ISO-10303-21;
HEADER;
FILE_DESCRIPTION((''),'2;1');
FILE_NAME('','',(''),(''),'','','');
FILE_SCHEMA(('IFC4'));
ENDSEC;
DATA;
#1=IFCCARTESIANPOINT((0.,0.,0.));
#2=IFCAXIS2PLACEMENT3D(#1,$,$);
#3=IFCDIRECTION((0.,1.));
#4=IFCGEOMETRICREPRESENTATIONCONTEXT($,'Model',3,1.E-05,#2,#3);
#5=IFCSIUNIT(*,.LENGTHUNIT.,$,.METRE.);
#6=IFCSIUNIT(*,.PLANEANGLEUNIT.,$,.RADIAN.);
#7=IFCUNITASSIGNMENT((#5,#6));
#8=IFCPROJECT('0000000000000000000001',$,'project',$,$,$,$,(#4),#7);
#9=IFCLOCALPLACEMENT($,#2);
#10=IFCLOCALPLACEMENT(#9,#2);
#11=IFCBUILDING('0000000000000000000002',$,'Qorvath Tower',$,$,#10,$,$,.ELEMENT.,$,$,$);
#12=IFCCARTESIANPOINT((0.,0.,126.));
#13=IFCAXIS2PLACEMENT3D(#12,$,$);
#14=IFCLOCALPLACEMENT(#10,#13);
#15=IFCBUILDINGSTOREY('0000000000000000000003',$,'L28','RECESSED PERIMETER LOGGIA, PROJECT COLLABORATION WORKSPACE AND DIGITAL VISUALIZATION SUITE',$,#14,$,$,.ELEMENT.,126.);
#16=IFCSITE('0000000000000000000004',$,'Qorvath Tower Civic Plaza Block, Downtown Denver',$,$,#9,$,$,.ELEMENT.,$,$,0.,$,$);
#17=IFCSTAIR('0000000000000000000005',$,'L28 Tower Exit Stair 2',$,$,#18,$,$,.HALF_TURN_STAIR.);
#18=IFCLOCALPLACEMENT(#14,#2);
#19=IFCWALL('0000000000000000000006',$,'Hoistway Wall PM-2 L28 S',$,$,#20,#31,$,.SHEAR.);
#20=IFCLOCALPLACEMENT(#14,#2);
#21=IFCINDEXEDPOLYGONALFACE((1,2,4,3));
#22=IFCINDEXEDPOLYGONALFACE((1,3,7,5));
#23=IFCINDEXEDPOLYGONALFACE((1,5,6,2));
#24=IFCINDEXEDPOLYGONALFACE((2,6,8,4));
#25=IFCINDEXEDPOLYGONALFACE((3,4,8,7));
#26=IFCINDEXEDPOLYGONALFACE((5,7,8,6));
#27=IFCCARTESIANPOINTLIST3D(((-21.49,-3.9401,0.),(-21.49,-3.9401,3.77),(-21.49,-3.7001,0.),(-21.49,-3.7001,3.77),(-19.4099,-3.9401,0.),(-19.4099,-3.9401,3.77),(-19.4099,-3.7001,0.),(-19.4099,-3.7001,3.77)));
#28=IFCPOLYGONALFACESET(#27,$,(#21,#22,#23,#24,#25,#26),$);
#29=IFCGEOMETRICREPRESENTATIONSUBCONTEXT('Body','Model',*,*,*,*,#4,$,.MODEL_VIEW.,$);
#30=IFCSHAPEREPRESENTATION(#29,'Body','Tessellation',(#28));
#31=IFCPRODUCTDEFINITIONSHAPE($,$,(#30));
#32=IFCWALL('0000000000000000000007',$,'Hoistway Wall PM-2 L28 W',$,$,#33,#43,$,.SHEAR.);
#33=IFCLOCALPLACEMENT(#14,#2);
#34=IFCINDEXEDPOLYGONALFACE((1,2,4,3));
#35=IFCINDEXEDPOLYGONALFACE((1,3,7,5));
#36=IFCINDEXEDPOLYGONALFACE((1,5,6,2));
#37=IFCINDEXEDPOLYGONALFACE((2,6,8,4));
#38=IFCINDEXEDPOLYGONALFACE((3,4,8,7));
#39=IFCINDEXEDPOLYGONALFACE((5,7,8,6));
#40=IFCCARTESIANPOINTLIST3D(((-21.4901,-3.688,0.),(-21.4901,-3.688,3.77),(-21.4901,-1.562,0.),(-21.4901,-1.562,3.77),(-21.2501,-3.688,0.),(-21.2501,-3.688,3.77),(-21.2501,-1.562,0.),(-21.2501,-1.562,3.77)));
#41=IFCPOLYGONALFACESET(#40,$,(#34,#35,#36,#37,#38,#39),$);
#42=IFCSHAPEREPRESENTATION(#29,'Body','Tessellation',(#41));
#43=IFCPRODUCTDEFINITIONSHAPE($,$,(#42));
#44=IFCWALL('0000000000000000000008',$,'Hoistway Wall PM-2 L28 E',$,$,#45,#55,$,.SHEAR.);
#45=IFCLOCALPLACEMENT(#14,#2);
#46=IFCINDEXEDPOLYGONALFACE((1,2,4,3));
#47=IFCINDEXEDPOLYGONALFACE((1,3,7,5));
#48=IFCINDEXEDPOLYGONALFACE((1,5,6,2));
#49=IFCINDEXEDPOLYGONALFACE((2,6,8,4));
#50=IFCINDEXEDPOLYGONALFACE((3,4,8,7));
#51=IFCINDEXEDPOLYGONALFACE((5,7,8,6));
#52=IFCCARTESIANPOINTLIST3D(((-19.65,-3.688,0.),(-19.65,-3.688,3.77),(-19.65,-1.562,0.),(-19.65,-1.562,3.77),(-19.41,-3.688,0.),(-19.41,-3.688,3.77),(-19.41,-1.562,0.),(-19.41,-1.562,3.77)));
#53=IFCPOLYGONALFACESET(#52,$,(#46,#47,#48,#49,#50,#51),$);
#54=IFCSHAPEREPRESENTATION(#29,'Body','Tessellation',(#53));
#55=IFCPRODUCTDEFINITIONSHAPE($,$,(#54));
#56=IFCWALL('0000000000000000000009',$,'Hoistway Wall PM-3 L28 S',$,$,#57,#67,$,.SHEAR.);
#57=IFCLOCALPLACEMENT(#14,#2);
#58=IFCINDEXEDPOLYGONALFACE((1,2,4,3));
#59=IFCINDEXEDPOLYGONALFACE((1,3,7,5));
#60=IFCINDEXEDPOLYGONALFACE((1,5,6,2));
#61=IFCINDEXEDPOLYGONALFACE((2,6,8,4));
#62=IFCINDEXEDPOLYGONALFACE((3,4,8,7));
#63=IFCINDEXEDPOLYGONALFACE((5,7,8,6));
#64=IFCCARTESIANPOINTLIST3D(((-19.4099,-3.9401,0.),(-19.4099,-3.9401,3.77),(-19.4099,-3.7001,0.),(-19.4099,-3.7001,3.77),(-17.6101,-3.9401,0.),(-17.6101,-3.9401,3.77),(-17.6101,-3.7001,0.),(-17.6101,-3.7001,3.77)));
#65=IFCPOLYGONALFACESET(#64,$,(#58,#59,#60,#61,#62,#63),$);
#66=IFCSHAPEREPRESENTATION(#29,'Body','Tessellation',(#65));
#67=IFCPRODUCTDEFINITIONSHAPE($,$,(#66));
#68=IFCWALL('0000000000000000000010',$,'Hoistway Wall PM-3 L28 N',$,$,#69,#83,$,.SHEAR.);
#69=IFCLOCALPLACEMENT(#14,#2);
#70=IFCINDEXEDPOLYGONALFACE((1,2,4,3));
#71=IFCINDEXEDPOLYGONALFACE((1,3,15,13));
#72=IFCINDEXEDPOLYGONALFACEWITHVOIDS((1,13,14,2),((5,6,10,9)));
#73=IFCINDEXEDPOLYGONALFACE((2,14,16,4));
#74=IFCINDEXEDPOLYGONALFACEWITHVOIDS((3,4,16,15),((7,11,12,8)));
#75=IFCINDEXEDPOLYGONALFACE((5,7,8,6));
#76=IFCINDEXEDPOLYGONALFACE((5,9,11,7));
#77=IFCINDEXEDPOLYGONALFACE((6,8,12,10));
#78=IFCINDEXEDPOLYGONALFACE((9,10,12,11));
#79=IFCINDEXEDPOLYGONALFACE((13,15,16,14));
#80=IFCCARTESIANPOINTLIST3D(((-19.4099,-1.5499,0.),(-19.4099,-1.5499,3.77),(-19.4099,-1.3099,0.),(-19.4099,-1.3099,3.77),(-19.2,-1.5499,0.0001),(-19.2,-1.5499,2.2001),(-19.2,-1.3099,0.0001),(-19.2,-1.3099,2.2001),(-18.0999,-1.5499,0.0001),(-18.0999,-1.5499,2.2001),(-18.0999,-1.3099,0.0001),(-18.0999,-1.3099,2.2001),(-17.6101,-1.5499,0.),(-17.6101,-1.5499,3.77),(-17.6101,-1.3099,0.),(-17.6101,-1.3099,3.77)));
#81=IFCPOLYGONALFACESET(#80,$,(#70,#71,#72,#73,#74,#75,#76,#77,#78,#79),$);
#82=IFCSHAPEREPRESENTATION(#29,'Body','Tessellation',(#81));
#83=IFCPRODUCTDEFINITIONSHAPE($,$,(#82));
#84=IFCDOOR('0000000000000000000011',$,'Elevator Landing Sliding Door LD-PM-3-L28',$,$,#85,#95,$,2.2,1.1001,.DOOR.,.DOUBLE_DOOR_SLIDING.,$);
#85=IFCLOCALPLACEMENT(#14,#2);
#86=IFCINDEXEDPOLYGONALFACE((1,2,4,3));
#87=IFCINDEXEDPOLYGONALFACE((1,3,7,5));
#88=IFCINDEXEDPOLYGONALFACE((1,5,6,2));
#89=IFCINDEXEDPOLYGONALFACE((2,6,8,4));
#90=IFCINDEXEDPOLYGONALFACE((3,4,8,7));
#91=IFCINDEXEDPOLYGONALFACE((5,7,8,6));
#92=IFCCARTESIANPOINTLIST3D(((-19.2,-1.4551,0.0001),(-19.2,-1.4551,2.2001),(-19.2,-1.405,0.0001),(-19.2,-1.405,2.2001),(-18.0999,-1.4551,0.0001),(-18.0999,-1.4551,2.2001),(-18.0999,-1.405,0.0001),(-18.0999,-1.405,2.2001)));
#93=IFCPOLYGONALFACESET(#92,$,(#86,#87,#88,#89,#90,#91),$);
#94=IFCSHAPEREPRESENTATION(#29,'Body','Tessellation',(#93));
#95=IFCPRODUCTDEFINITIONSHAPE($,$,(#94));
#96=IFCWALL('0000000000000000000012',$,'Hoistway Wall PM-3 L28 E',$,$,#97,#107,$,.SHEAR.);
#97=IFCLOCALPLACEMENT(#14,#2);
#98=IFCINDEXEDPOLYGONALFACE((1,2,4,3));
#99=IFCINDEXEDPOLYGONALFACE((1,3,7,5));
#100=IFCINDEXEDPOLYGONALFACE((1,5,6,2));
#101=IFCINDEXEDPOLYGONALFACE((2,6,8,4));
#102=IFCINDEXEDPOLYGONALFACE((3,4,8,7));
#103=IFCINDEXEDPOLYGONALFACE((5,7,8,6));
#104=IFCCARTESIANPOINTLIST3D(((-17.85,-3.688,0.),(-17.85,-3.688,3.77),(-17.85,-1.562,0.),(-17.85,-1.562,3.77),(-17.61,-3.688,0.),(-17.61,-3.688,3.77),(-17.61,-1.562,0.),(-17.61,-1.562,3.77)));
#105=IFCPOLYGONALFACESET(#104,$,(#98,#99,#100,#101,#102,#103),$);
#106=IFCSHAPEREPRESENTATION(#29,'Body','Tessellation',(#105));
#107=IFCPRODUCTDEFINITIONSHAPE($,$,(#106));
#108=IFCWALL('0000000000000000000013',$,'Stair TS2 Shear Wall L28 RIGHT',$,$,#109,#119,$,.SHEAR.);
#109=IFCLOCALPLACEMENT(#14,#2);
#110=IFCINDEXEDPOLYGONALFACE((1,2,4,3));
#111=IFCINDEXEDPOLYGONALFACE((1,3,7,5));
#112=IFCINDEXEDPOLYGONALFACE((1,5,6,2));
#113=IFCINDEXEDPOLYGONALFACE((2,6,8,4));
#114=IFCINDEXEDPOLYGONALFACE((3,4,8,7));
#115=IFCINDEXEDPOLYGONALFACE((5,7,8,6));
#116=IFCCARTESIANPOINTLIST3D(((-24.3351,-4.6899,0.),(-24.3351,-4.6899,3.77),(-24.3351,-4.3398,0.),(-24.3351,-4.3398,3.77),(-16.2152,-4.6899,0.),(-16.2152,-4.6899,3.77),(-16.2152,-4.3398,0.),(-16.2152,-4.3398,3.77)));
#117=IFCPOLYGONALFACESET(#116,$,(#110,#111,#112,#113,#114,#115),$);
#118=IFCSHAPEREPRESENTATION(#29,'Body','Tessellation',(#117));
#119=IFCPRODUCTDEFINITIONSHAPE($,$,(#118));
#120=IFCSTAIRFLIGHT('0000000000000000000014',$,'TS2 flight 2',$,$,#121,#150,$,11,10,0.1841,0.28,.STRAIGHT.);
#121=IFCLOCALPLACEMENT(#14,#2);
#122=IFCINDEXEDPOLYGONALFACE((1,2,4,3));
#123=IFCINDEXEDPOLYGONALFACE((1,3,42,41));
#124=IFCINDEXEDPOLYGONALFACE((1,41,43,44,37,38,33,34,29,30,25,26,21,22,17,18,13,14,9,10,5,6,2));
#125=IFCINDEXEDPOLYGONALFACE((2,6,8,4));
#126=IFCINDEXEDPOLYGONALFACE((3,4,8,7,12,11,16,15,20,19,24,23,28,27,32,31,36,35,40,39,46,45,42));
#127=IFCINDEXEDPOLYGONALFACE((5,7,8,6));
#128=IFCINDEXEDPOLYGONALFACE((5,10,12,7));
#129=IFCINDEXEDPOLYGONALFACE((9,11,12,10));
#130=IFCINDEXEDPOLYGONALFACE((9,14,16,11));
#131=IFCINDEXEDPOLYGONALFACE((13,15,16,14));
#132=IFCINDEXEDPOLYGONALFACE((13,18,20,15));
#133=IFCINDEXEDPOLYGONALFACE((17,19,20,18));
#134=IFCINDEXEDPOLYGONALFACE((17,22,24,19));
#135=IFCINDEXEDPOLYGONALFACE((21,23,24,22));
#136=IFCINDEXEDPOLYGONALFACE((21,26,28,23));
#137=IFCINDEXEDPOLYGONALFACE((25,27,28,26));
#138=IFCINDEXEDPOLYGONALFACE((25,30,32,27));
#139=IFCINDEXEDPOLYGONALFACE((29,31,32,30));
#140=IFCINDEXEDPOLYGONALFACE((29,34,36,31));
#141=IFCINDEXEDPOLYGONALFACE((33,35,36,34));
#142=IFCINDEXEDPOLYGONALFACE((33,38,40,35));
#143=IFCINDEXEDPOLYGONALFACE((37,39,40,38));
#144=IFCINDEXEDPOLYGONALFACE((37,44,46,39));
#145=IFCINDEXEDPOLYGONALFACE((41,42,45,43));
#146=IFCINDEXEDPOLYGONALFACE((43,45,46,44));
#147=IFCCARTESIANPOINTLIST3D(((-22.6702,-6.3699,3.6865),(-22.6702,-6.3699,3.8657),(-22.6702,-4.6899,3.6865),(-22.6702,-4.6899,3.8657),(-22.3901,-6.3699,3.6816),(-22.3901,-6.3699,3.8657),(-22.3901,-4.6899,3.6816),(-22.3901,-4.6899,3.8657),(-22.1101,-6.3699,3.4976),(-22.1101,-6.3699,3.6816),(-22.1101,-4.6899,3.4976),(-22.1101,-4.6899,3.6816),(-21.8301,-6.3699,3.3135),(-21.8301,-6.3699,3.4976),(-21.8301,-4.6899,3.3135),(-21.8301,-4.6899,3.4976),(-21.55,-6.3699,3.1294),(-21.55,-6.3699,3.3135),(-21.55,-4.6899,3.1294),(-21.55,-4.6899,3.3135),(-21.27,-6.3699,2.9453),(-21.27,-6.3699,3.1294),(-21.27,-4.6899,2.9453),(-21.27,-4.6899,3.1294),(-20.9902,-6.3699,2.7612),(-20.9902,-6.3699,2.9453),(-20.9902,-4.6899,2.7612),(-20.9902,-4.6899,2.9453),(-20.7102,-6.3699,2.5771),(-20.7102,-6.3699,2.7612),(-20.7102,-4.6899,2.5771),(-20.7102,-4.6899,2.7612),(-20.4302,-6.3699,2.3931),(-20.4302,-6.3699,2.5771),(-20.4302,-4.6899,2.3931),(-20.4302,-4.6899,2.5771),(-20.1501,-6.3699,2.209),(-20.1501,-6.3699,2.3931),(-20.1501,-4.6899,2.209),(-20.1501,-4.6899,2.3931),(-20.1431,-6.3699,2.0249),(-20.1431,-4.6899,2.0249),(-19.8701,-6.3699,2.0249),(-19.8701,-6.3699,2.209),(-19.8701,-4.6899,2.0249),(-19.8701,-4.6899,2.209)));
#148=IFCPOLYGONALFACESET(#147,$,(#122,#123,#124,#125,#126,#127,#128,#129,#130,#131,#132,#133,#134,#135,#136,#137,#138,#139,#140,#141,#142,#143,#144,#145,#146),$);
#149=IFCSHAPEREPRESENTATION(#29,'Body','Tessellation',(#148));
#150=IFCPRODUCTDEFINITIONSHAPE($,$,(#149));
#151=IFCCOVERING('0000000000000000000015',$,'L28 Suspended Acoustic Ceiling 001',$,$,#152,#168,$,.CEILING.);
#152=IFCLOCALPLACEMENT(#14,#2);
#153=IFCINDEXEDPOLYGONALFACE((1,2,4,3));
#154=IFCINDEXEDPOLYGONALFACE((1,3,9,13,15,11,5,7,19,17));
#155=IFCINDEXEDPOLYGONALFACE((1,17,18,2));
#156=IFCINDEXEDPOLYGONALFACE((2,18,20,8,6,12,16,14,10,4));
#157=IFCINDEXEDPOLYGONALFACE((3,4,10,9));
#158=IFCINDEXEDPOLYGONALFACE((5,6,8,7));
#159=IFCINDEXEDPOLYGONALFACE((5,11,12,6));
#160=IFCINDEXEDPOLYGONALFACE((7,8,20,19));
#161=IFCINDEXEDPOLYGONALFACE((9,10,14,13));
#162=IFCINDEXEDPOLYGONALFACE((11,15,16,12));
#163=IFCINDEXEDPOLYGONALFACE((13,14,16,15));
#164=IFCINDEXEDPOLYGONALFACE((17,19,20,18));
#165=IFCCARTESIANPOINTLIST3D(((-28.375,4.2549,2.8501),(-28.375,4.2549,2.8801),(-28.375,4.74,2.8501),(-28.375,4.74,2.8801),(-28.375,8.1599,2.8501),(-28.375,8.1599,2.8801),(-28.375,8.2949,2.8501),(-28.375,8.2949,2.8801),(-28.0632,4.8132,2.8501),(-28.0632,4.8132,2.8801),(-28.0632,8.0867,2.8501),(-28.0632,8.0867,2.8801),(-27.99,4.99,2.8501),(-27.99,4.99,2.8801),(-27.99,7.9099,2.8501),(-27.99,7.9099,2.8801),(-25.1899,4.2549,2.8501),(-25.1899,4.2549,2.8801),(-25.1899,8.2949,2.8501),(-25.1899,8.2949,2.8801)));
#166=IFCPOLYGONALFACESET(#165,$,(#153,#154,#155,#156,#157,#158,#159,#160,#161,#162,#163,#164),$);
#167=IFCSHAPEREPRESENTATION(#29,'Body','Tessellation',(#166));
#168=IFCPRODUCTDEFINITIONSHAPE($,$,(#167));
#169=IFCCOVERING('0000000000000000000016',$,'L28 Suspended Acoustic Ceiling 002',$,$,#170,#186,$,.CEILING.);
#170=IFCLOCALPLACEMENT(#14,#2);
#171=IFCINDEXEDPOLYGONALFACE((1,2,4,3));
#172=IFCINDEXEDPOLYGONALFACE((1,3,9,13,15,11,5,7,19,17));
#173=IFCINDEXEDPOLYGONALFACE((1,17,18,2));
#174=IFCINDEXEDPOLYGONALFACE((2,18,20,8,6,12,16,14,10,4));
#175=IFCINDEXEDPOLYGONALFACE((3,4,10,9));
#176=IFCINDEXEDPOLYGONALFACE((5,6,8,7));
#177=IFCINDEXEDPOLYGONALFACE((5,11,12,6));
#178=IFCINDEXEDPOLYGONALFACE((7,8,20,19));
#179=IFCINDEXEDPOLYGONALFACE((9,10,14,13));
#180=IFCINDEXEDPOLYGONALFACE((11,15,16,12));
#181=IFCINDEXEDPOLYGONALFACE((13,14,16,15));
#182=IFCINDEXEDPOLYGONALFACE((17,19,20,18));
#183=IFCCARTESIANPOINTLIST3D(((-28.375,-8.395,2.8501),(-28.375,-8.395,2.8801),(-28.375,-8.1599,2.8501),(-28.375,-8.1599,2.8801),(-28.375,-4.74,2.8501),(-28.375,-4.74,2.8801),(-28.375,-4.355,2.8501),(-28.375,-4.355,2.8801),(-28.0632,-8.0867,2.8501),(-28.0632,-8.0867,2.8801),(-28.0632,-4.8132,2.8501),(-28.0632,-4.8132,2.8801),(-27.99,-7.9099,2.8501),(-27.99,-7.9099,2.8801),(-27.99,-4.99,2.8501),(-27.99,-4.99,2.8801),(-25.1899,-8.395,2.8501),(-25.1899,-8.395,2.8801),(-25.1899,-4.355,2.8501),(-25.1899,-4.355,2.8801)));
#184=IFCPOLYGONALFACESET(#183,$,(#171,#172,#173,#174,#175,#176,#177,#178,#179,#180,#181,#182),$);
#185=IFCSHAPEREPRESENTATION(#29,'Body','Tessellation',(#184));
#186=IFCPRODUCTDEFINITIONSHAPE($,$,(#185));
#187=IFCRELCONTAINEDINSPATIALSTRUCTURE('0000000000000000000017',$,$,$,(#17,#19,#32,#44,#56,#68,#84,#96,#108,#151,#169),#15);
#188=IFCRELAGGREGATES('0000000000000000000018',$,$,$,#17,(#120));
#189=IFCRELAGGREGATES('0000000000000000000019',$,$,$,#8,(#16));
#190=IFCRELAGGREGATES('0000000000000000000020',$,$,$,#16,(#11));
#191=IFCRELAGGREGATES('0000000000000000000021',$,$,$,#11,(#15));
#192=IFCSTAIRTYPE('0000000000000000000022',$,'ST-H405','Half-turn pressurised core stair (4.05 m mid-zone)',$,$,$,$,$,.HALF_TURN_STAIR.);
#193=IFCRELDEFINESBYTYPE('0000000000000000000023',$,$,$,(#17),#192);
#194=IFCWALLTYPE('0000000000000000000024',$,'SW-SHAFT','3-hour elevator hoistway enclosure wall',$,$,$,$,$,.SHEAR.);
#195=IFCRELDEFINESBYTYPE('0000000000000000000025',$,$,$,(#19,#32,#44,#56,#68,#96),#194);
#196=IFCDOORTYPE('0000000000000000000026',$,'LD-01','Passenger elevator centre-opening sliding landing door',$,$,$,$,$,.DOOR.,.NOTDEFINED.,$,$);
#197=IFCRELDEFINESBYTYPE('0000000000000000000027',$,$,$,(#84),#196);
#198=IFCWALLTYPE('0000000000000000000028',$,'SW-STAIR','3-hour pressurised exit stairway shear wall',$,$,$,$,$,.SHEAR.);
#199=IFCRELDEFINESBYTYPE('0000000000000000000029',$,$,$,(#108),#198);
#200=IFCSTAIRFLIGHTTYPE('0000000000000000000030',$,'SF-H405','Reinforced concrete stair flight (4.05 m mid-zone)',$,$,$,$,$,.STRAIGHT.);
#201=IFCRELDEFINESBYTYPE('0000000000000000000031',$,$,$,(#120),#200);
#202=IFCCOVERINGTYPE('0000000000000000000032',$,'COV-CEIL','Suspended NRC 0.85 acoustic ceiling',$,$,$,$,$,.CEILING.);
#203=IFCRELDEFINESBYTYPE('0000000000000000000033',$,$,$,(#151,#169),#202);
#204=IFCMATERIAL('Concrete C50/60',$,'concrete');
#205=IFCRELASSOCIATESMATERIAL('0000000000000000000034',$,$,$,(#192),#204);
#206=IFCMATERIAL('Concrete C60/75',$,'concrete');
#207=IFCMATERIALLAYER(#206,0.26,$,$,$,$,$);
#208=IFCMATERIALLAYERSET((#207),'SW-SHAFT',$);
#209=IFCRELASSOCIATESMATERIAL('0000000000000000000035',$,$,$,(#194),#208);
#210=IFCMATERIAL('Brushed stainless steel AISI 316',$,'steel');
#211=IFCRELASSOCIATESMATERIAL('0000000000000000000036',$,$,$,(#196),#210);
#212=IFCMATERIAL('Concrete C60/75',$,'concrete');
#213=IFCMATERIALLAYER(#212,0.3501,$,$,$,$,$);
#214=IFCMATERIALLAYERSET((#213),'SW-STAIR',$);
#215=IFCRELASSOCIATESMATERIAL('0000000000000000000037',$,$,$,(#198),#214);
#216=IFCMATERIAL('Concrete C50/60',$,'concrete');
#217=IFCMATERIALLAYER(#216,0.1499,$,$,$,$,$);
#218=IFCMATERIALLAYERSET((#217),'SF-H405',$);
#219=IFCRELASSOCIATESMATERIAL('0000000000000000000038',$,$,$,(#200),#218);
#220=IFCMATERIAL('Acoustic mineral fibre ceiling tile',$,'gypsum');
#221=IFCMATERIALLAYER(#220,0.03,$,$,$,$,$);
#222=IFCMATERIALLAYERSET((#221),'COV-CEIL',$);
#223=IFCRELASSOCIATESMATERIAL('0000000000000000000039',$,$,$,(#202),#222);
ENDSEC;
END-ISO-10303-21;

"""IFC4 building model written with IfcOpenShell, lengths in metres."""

from ifc_helpers import new_model, si_unit, direction, frame, frame_2d, origin, place, context, subcontext, project, spatial, polyline, rectangle, outline, extrude, material, layer, layer_set, type_object, element, fill, aggregate, save


model = new_model("IFC4")

# Units and contexts
model_context = context("Model", 3, precision=1e-05, world=origin(), true_north=direction((0.0, 1.0)))
body_context = subcontext(model_context, "Body", "Model", "MODEL_VIEW")
ifc_project = project(units=[si_unit("LENGTHUNIT", "METRE"), si_unit("PLANEANGLEUNIT", "RADIAN")], contexts=[model_context])

# Site, building, storey
site_placement = place(None, origin())
site = spatial("IfcSite", under=ifc_project, at=site_placement, Name="Qorvath Tower Civic Plaza Block, Downtown Denver", CompositionType="ELEMENT", RefElevation=0.0)
building_placement = place(site_placement, origin())
building = spatial("IfcBuilding", under=site, at=building_placement, Name="Qorvath Tower", CompositionType="ELEMENT")
storey_placement = place(building_placement, frame((0.0, 0.0, 126.0)))
storey = spatial("IfcBuildingStorey", under=building, at=storey_placement, Name="L28", Description="RECESSED PERIMETER LOGGIA, PROJECT COLLABORATION WORKSPACE AND DIGITAL VISUALIZATION SUITE", CompositionType="ELEMENT", Elevation=126.0)

# Stair
ifc_material_1 = material(Name="Concrete C50/60", Category="concrete")
stair_type = type_object("IfcStairType", Name="ST-H405", Description="Half-turn pressurised core stair (4.05 m mid-zone)", PredefinedType="HALF_TURN_STAIR", material=ifc_material_1)
stair_1_placement = place(storey_placement, origin())
stair_1 = element("IfcStair", 1, at=stair_1_placement, inside=storey, type_object=stair_type, Name="L28 Tower Exit Stair 2", PredefinedType="HALF_TURN_STAIR")

# Walls
ifc_material_2 = material(Name="Concrete C60/75", Category="concrete")
ifc_layer_1 = layer(ifc_material_2, 0.26)
ifc_layer_set_1 = layer_set([ifc_layer_1], Name="SW-SHAFT")
wall_type_1 = type_object("IfcWallType", Name="SW-SHAFT", Description="3-hour elevator hoistway enclosure wall", PredefinedType="SHEAR", material=ifc_layer_set_1)
wall_1_placement = place(storey_placement, frame((-19.4099, -3.8201, 0.0), z_axis=(0.0, 0.0, 1.0), x_axis=(-1.0, 0.0, 0.0)))
element("IfcWall", 2, at=wall_1_placement, inside=storey, type_object=wall_type_1, Name="Hoistway Wall PM-2 L28 S", PredefinedType="SHEAR", context=body_context, shape_type="SweptSolid", body=[
    extrude(rectangle(XDim=2.0801, YDim=0.24, at=frame_2d((1.04, 0.0))), origin(), (0.0, 0.0, 1.0), 3.77),
])
for number, where, z_axis, x_axis, name in (
    (3, (-21.3701, -3.688, 0.0), (0.0, 0.0, 1.0), (0.0, 1.0, 0.0), "Hoistway Wall PM-2 L28 W"),
    (4, (-19.53, -1.562, 0.0), (0.0, 0.0, 1.0), (0.0, -1.0, 0.0), "Hoistway Wall PM-2 L28 E"),
):
    element("IfcWall", number, at=place(storey_placement, frame(where, z_axis=z_axis, x_axis=x_axis)), inside=storey, type_object=wall_type_1, Name=name, PredefinedType="SHEAR", context=body_context, shape_type="SweptSolid", body=[
        extrude(rectangle(XDim=2.126, YDim=0.24, at=frame_2d((1.063, 0.0))), origin(), (0.0, 0.0, 1.0), 3.77),
    ])
wall_2_placement = place(storey_placement, frame((-17.6101, -3.8201, 0.0), z_axis=(0.0, 0.0, 1.0), x_axis=(-1.0, 0.0, 0.0)))
element("IfcWall", 5, at=wall_2_placement, inside=storey, type_object=wall_type_1, Name="Hoistway Wall PM-3 L28 S", PredefinedType="SHEAR", context=body_context, shape_type="SweptSolid", body=[
    extrude(rectangle(XDim=1.7998, YDim=0.24, at=frame_2d((0.8999, 0.0))), origin(), (0.0, 0.0, 1.0), 3.77),
])

# Wall, opening, door
wall_3_placement = place(storey_placement, frame((-19.4099, -1.4299, 0.0), z_axis=(0.0, 0.0, 1.0), x_axis=(1.0, 0.0, 0.0)))
wall_3 = element("IfcWall", 6, at=wall_3_placement, inside=storey, type_object=wall_type_1, Name="Hoistway Wall PM-3 L28 N", PredefinedType="SHEAR", context=body_context, shape_type="SweptSolid", body=[
    extrude(rectangle(XDim=1.7998, YDim=0.24, at=frame_2d((0.8999, 0.0))), origin(), (0.0, 0.0, 1.0), 3.77),
])
opening_placement = place(wall_3_placement, frame((0.21, 0.0, 0.0)))
opening = element("IfcOpeningElement", 7, at=opening_placement, cuts=wall_3, PredefinedType="OPENING", context=body_context, shape_type="SweptSolid", body=[
    extrude(rectangle(XDim=1.1001, YDim=2.2, at=frame_2d((0.55, 1.1001))), frame((0.0, 0.1299, 0.0), z_axis=(0.0, -1.0, 0.0), x_axis=(1.0, 0.0, 0.0)), (0.0, 0.0, 1.0), 0.26),
])
ifc_material_3 = material(Name="Brushed stainless steel AISI 316", Category="steel")
door_type = type_object("IfcDoorType", Name="LD-01", Description="Passenger elevator centre-opening sliding landing door", OperationType="NOTDEFINED", PredefinedType="DOOR", material=ifc_material_3)
door_placement = place(opening_placement, origin())
door = element("IfcDoor", 8, at=door_placement, inside=storey, type_object=door_type, Name="Elevator Landing Sliding Door LD-PM-3-L28", OperationType="DOUBLE_DOOR_SLIDING", OverallHeight=2.2, OverallWidth=1.1001, PredefinedType="DOOR", context=body_context, shape_type="SweptSolid", body=[
    extrude(rectangle(XDim=1.1001, YDim=2.2, at=frame_2d((0.55, 1.1001))), frame((0.0, 0.0249, 0.0), z_axis=(0.0, -1.0, 0.0), x_axis=(1.0, 0.0, 0.0)), (0.0, 0.0, 1.0), 0.05),
])
fill(opening, door)

# Walls
wall_4_placement = place(storey_placement, frame((-17.73, -1.562, 0.0), z_axis=(0.0, 0.0, 1.0), x_axis=(0.0, -1.0, 0.0)))
element("IfcWall", 9, at=wall_4_placement, inside=storey, type_object=wall_type_1, Name="Hoistway Wall PM-3 L28 E", PredefinedType="SHEAR", context=body_context, shape_type="SweptSolid", body=[
    extrude(rectangle(XDim=2.126, YDim=0.24, at=frame_2d((1.063, 0.0))), origin(), (0.0, 0.0, 1.0), 3.77),
])
ifc_material_4 = material(Name="Concrete C60/75", Category="concrete")
ifc_layer_2 = layer(ifc_material_4, 0.3501)
ifc_layer_set_2 = layer_set([ifc_layer_2], Name="SW-STAIR")
wall_type_2 = type_object("IfcWallType", Name="SW-STAIR", Description="3-hour pressurised exit stairway shear wall", PredefinedType="SHEAR", material=ifc_layer_set_2)
wall_5_placement = place(storey_placement, frame((-16.2151, -4.5149, 0.0), z_axis=(0.0, 0.0, 1.0), x_axis=(-1.0, 0.0, 0.0)))
element("IfcWall", 10, at=wall_5_placement, inside=storey, type_object=wall_type_2, Name="Stair TS2 Shear Wall L28 RIGHT", PredefinedType="SHEAR", context=body_context, shape_type="SweptSolid", body=[
    extrude(rectangle(XDim=8.1199, YDim=0.3501, at=frame_2d((4.0601, 0.0))), origin(), (0.0, 0.0, 1.0), 3.77),
])

# Stair flight
ifc_material_5 = material(Name="Concrete C50/60", Category="concrete")
ifc_layer_3 = layer(ifc_material_5, 0.1499)
ifc_layer_set_3 = layer_set([ifc_layer_3], Name="SF-H405")
stair_flight_type = type_object("IfcStairFlightType", Name="SF-H405", Description="Reinforced concrete stair flight (4.05 m mid-zone)", PredefinedType="STRAIGHT", material=ifc_layer_set_3)
stair_flight_placement = place(storey_placement, frame((-19.8701, -5.53, 2.0249), z_axis=(0.0, 0.0, 1.0), x_axis=(-1.0, 0.0, 0.0)))
stair_flight = element("IfcStairFlight", 11, at=stair_flight_placement, type_object=stair_flight_type, Name="TS2 flight 2", NumberOfRisers=11, NumberOfTreads=10, PredefinedType="STRAIGHT", RiserHeight=0.1841, TreadLength=0.28, context=body_context, shape_type="SweptSolid", body=[
    extrude(outline(polyline([(0.0, 0.0), (0.0, 0.1841), (0.28, 0.1841), (0.28, 0.3682), (0.5601, 0.3682), (0.5601, 0.5522), (0.8401, 0.5522), (0.8401, 0.7363), (1.1201, 0.7363), (1.1201, 0.9204), (1.3999, 0.9204), (1.3999, 1.1045), (1.6799, 1.1045), (1.6799, 1.2886), (1.96, 1.2886), (1.96, 1.4727), (2.24, 1.4727), (2.24, 1.6567), (2.52, 1.6567), (2.52, 1.8408), (2.8, 1.8408), (2.8, 2.0249), (2.8, 1.6616), (0.2729, 0.0), (0.0, 0.0)])), frame((0.0, 0.8398, 0.0), z_axis=(0.0, -1.0, 0.0), x_axis=(1.0, 0.0, 0.0)), (0.0, 0.0, 1.0), 1.6799),
])
aggregate(stair_1, [stair_flight])

# Coverings
ifc_material_6 = material(Name="Acoustic mineral fibre ceiling tile", Category="gypsum")
ifc_layer_4 = layer(ifc_material_6, 0.03)
ifc_layer_set_4 = layer_set([ifc_layer_4], Name="COV-CEIL")
covering_type_1 = type_object("IfcCoveringType", Name="COV-CEIL", Description="Suspended NRC 0.85 acoustic ceiling", PredefinedType="CEILING", material=ifc_layer_set_4)
covering_1_placement = place(storey_placement, frame((0.0, 0.0, 2.8501)))
element("IfcCovering", 12, at=covering_1_placement, inside=storey, type_object=covering_type_1, Name="L28 Suspended Acoustic Ceiling 001", PredefinedType="CEILING", context=body_context, shape_type="SweptSolid", body=[
    extrude(outline(polyline([(-25.1899, 4.2549), (-25.1899, 8.2949), (-28.375, 8.2949), (-28.375, 8.1599), (-28.0632, 8.0867), (-27.99, 7.9099), (-27.99, 4.99), (-28.0632, 4.8132), (-28.375, 4.74), (-28.375, 4.2549), (-25.1899, 4.2549)])), origin(), (0.0, 0.0, 1.0), 0.03),
])
covering_2_placement = place(storey_placement, frame((0.0, 0.0, 2.8501)))
element("IfcCovering", 13, at=covering_2_placement, inside=storey, type_object=covering_type_1, Name="L28 Suspended Acoustic Ceiling 002", PredefinedType="CEILING", context=body_context, shape_type="SweptSolid", body=[
    extrude(outline(polyline([(-25.1899, -8.395), (-25.1899, -4.355), (-28.375, -4.355), (-28.375, -4.74), (-28.0632, -4.8132), (-27.99, -4.99), (-27.99, -7.9099), (-28.0632, -8.0867), (-28.375, -8.1599), (-28.375, -8.395), (-25.1899, -8.395)])), origin(), (0.0, 0.0, 1.0), 0.03),
])

save(model, "model.ifc")
